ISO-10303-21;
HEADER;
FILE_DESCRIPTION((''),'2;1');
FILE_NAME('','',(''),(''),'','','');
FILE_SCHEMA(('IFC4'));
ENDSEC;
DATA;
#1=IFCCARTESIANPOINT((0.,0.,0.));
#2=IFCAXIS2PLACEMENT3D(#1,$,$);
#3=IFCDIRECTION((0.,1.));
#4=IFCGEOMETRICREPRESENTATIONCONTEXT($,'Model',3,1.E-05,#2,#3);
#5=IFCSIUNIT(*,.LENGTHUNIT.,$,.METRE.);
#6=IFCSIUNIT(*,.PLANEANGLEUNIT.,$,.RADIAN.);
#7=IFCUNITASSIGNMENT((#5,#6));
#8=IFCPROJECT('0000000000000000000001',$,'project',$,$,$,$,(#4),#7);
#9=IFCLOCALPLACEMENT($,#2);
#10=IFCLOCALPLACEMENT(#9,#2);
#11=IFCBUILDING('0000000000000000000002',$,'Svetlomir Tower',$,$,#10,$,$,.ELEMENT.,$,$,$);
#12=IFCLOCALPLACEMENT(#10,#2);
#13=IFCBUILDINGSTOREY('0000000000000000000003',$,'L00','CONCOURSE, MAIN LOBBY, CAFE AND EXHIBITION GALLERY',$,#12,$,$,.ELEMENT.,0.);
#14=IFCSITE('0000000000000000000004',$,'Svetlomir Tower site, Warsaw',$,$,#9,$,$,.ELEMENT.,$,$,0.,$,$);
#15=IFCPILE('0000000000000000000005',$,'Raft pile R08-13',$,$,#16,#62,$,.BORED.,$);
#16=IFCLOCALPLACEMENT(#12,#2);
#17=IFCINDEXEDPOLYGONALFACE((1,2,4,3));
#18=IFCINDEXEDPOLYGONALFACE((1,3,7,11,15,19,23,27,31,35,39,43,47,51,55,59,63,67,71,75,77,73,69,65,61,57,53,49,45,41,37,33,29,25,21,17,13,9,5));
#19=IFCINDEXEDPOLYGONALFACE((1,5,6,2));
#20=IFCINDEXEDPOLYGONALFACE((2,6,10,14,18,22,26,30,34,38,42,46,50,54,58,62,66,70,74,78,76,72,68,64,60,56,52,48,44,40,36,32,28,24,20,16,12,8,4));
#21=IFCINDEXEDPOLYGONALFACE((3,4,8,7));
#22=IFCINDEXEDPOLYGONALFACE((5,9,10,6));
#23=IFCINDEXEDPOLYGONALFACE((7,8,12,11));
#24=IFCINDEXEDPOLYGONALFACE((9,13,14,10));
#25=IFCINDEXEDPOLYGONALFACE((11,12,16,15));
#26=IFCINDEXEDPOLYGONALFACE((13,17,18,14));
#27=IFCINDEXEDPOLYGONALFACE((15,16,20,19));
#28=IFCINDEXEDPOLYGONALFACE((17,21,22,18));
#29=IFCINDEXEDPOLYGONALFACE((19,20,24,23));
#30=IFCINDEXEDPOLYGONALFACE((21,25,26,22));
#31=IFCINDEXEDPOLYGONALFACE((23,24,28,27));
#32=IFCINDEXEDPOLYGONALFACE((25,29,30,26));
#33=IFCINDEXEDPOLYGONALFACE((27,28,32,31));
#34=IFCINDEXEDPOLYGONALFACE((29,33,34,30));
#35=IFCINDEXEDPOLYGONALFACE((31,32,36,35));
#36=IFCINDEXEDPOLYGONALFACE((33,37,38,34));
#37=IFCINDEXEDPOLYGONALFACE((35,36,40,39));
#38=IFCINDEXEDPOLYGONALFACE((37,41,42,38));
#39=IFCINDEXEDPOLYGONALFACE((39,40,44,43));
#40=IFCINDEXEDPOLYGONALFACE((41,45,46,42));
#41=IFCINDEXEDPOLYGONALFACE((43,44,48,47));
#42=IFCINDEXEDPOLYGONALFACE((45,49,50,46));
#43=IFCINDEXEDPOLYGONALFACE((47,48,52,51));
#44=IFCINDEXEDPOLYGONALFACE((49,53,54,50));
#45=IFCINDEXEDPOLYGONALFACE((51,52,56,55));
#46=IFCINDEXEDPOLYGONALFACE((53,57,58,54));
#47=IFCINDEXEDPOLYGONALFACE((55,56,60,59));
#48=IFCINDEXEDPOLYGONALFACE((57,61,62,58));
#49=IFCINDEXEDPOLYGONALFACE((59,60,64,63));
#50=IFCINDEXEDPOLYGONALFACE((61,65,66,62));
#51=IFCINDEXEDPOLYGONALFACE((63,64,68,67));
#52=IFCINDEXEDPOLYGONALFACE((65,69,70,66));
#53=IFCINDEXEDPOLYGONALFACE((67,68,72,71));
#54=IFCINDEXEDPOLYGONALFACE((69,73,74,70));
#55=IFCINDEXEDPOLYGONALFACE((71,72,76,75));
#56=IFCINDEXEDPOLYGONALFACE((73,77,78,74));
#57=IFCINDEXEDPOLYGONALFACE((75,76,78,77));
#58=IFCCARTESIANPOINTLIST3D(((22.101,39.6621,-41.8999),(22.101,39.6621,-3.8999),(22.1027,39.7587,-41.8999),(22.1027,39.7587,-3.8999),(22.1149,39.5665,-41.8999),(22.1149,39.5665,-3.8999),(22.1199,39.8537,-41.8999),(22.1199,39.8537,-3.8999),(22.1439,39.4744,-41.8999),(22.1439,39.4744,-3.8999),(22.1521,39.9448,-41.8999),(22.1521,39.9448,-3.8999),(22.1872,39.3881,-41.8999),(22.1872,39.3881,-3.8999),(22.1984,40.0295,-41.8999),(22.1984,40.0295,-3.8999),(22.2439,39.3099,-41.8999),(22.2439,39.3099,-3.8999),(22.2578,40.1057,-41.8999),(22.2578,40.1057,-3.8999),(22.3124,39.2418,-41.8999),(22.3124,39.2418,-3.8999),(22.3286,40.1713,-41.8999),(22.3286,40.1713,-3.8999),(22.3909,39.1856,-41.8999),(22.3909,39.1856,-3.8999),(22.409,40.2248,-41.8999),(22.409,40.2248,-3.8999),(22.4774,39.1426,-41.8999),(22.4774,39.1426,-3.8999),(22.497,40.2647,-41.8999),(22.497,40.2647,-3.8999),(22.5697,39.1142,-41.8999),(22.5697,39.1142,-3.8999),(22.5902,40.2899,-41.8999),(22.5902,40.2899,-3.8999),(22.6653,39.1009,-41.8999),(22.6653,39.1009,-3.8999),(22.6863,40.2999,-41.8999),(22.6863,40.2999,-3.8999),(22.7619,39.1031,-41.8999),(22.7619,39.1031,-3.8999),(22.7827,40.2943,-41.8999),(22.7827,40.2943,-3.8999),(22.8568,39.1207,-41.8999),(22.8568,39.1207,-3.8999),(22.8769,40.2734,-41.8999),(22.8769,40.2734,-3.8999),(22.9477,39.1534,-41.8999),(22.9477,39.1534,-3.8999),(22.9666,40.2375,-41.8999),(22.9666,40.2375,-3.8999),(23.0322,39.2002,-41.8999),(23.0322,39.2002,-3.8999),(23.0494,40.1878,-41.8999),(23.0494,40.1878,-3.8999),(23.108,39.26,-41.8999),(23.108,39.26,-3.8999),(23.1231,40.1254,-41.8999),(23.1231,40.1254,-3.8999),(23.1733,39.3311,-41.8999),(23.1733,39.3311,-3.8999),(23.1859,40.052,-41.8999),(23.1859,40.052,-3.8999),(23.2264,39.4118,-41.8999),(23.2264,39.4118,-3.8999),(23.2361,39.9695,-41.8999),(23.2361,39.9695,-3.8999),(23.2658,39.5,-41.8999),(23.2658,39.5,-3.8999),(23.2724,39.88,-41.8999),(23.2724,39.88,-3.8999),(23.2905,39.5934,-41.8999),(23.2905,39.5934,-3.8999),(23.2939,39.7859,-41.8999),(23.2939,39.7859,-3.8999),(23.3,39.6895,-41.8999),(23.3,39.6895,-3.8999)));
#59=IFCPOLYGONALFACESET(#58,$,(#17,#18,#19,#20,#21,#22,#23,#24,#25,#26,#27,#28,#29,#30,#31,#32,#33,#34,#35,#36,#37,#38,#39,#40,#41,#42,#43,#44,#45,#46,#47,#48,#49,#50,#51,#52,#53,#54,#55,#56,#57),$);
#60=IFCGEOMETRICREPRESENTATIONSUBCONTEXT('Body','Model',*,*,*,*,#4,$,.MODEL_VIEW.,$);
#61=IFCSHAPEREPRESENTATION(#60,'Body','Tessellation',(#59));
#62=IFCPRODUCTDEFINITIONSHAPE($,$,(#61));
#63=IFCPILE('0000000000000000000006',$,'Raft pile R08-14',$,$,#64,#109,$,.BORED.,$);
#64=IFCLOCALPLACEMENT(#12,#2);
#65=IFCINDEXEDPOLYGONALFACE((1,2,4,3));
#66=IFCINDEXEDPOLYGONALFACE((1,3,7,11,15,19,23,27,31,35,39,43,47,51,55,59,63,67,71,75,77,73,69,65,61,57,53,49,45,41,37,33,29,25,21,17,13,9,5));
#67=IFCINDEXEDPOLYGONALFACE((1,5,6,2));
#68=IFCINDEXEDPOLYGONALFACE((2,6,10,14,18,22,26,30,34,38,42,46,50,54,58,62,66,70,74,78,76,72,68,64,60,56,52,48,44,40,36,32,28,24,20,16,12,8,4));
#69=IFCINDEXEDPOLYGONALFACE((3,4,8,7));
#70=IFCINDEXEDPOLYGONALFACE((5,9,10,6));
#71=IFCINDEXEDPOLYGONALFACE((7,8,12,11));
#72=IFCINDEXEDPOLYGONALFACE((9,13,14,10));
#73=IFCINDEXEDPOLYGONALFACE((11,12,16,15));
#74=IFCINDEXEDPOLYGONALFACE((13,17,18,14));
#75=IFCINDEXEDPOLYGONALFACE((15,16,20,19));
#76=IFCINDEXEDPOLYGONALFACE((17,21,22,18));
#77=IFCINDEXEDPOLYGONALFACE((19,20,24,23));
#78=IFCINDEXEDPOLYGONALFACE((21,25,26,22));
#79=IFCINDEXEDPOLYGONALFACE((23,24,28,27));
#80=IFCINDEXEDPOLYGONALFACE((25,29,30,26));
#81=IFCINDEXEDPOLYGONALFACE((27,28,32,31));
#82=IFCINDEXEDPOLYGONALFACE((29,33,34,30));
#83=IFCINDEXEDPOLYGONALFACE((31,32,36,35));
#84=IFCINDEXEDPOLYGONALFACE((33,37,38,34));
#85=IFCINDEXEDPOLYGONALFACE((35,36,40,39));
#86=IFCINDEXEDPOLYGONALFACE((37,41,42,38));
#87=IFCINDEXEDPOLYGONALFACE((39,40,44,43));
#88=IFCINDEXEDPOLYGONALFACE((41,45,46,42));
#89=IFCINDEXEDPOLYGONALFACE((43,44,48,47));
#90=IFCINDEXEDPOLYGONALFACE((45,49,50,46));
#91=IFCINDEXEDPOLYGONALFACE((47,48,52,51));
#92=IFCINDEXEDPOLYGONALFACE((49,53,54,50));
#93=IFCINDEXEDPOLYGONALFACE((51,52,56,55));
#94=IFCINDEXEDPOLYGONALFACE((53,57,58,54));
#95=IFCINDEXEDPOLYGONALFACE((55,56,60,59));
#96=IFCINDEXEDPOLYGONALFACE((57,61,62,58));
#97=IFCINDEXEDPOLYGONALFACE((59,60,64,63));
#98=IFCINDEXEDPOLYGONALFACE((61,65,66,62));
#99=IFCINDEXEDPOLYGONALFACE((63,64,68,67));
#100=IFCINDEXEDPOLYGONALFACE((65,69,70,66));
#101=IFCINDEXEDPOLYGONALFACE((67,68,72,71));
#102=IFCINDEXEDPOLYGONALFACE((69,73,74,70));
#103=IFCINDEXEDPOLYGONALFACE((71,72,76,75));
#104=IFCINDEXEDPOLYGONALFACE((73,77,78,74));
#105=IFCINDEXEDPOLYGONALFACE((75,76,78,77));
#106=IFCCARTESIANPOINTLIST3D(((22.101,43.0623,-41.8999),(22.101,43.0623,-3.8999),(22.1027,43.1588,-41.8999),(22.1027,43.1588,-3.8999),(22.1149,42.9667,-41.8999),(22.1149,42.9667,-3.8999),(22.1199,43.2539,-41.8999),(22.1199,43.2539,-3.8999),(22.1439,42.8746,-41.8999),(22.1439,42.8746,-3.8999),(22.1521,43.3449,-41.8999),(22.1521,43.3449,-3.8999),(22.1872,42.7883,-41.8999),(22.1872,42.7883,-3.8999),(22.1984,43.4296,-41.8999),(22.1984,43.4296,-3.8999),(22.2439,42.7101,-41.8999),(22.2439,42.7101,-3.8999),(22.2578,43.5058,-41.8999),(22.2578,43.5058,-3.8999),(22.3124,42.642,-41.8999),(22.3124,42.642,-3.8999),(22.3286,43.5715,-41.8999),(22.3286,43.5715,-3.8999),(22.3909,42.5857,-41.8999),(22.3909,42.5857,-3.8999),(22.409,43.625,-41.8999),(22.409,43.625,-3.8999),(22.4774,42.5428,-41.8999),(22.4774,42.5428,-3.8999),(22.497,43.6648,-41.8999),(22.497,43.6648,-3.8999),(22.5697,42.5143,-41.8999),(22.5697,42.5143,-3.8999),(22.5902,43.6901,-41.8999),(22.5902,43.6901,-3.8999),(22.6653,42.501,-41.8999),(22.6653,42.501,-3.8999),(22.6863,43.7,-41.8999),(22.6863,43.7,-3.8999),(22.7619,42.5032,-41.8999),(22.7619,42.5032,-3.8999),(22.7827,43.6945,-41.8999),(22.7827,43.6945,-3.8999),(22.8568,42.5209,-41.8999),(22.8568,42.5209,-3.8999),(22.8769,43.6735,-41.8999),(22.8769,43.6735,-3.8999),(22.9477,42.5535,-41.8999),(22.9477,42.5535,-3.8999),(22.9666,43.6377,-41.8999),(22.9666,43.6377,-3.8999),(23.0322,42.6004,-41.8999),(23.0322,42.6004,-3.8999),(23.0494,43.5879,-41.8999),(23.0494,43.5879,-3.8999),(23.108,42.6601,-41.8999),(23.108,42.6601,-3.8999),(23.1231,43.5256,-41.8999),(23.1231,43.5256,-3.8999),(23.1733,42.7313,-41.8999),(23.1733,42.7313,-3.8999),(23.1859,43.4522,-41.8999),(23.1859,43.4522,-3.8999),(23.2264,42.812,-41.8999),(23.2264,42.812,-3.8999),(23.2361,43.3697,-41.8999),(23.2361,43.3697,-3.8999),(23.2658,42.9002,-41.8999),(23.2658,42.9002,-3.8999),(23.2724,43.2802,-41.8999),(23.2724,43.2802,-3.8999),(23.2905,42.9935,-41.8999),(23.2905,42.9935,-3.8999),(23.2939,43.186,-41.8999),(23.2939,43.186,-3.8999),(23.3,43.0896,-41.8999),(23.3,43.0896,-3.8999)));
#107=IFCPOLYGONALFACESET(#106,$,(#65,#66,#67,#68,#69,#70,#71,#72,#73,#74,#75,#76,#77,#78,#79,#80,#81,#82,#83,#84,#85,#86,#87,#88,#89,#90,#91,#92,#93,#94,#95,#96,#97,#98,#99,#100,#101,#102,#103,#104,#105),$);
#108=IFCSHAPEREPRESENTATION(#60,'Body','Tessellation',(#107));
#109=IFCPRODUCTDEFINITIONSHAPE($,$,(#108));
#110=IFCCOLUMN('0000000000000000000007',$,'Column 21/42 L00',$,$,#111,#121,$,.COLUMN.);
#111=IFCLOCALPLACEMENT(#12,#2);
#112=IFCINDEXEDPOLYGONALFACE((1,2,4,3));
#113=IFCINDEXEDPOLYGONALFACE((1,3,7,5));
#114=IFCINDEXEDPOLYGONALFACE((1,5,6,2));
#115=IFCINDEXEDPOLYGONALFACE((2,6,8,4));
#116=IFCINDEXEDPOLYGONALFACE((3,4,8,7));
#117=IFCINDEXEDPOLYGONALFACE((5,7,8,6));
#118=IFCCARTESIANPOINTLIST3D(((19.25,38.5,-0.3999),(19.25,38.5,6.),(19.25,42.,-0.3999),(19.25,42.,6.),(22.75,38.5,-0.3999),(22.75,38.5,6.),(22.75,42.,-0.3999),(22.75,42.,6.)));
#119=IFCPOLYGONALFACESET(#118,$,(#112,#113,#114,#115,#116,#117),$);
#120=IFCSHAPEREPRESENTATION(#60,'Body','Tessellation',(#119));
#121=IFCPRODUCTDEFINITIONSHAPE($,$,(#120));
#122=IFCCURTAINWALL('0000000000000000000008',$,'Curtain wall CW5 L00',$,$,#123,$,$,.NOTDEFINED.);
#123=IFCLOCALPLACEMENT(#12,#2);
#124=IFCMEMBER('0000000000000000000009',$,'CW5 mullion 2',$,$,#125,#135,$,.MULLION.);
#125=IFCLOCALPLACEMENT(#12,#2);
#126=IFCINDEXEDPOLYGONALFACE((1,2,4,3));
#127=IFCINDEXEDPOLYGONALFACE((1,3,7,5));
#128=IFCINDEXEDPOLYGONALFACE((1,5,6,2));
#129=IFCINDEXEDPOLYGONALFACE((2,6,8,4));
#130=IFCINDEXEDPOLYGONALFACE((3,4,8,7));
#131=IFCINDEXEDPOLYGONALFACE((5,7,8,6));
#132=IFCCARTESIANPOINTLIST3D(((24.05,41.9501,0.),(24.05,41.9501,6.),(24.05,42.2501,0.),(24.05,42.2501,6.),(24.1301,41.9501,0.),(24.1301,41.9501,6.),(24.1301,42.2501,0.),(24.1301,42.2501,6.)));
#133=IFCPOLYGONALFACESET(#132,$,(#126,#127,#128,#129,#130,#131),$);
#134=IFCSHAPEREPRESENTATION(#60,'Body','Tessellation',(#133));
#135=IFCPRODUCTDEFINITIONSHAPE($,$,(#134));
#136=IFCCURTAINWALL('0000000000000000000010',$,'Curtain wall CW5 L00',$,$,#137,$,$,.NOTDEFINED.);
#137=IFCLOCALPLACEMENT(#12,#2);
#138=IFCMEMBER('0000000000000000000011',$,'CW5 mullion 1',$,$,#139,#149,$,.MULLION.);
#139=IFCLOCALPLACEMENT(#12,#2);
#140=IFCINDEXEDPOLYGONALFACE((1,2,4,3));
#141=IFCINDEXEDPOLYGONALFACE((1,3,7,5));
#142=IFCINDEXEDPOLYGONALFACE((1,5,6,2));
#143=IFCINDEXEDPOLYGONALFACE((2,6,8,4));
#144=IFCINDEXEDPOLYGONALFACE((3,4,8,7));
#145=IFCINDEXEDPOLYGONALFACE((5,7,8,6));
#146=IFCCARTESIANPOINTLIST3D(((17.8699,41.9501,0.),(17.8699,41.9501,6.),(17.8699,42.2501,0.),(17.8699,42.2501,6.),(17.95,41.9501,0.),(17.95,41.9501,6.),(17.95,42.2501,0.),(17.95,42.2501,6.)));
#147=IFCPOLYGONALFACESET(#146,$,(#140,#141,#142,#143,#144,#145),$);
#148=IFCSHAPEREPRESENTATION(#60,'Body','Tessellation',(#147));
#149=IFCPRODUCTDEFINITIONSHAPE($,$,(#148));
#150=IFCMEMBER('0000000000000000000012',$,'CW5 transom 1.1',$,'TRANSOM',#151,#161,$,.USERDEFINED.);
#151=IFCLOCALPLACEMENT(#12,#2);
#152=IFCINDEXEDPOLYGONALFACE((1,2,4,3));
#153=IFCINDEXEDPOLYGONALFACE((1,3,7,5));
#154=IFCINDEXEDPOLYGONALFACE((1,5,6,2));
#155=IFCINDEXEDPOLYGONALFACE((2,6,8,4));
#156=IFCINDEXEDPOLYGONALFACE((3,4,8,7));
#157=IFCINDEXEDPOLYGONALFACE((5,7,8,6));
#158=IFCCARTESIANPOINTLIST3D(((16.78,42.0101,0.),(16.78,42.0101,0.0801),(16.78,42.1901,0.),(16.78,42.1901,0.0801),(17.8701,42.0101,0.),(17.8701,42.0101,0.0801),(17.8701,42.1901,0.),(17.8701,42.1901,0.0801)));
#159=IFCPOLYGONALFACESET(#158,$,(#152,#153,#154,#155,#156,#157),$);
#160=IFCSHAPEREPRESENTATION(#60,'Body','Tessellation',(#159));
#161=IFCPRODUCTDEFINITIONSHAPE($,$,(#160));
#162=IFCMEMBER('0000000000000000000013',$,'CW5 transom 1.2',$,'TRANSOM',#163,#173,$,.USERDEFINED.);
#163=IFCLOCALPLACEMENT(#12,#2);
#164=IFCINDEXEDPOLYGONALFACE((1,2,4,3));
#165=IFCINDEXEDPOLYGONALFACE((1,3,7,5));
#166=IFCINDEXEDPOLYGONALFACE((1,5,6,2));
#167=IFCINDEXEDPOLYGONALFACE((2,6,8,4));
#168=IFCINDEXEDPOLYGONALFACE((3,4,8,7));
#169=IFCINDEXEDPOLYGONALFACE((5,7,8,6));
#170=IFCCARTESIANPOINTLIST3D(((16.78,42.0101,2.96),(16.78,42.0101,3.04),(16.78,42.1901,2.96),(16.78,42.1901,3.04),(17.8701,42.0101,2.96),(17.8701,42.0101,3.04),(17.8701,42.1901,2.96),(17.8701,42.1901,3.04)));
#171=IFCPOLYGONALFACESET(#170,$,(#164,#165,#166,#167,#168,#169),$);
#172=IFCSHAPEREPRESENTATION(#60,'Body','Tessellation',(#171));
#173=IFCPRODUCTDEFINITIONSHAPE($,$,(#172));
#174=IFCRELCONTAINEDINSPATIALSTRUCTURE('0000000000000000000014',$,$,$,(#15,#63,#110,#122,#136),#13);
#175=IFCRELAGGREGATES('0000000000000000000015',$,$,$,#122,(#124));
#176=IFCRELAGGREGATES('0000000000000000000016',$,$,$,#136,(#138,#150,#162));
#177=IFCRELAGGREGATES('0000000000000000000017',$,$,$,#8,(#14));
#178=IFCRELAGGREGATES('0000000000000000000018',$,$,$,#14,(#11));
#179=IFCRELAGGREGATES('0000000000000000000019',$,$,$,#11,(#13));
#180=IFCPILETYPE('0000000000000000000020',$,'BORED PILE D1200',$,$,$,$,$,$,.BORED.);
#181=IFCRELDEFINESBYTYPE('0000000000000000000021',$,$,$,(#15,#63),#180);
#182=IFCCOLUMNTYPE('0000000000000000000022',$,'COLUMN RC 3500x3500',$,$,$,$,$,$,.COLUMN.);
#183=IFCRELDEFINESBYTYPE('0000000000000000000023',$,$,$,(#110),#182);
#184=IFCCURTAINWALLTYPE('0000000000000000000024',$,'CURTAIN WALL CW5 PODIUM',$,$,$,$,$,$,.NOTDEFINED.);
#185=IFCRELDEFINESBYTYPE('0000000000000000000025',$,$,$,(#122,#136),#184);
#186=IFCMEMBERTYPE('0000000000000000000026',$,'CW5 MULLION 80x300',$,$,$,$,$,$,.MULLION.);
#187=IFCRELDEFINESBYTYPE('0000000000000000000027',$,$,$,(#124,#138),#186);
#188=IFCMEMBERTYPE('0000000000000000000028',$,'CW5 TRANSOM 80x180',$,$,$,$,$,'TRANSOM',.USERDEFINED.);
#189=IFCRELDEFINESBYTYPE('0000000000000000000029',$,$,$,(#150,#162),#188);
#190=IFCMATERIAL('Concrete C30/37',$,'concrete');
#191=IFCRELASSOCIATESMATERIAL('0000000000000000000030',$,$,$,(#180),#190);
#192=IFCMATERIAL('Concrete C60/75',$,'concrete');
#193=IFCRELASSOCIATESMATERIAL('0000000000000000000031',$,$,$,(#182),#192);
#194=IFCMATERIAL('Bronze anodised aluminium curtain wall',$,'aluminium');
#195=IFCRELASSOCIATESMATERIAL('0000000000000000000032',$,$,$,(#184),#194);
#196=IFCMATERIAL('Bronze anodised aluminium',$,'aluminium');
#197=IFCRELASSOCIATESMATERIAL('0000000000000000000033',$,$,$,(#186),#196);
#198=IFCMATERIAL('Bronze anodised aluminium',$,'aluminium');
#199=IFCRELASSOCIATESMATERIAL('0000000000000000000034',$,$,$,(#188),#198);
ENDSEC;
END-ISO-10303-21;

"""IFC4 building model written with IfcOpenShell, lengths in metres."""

from ifc_helpers import new_model, si_unit, direction, frame, frame_2d, origin, origin_2d, place, context, subcontext, project, spatial, rectangle, circle, extrude, material, material_profile, profile_set, type_object, element, aggregate, save


model = new_model("IFC4")

# Units and contexts
model_context = context("Model", 3, precision=1e-05, world=origin(), true_north=direction((0.0, 1.0)))
body_context = subcontext(model_context, "Body", "Model", "MODEL_VIEW")
ifc_project = project(units=[si_unit("LENGTHUNIT", "METRE"), si_unit("PLANEANGLEUNIT", "RADIAN")], contexts=[model_context])

# Site, building, storey
site_placement = place(None, origin())
site = spatial("IfcSite", under=ifc_project, at=site_placement, Name="Svetlomir Tower site, Warsaw", CompositionType="ELEMENT", RefElevation=0.0)
building_placement = place(site_placement, origin())
building = spatial("IfcBuilding", under=site, at=building_placement, Name="Svetlomir Tower", CompositionType="ELEMENT")
storey_placement = place(building_placement, origin())
storey = spatial("IfcBuildingStorey", under=building, at=storey_placement, Name="L00", Description="CONCOURSE, MAIN LOBBY, CAFE AND EXHIBITION GALLERY", CompositionType="ELEMENT", Elevation=0.0)

# Piles
ifc_material_1 = material(Name="Concrete C30/37", Category="concrete")
ifc_material_profile_1 = material_profile(ifc_material_1, circle(Radius=0.6001, at=origin_2d()), Name="D1200")
ifc_profile_set_1 = profile_set([ifc_material_profile_1], Name="Concrete C30/37")
pile_type = type_object("IfcPileType", Name="BORED PILE D1200", PredefinedType="BORED", material=ifc_profile_set_1)
for number, where, z_axis, x_axis, name in (
    (1, (22.7, 39.7, -3.8999), (0.0, 0.0, -1.0), (1.0, 0.0, 0.0), "Raft pile R08-13"),
    (2, (22.7, 43.1001, -3.8999), (0.0, 0.0, -1.0), (1.0, 0.0, 0.0), "Raft pile R08-14"),
):
    element("IfcPile", number, at=place(storey_placement, frame(where, z_axis=z_axis, x_axis=x_axis)), inside=storey, type_object=pile_type, Name=name, PredefinedType="BORED", context=body_context, shape_type="SweptSolid", body=[
        extrude(circle(Radius=0.6001, at=frame_2d((0.0, 0.0), x_axis=(0.999848, 0.017452))), origin(), (0.0, 0.0, 1.0), 38.0),
    ])

# Column
ifc_material_2 = material(Name="Concrete C60/75", Category="concrete")
ifc_material_profile_2 = material_profile(ifc_material_2, rectangle(XDim=3.5, YDim=3.5, at=origin_2d()), Name="RC 3500x3500")
ifc_profile_set_2 = profile_set([ifc_material_profile_2], Name="Concrete C60/75")
column_type = type_object("IfcColumnType", Name="COLUMN RC 3500x3500", PredefinedType="COLUMN", material=ifc_profile_set_2)
column_placement = place(storey_placement, frame((21.0, 40.25, -0.3999), z_axis=(0.0, 0.0, 1.0), x_axis=(1.0, 0.0, 0.0)))
element("IfcColumn", 3, at=column_placement, inside=storey, type_object=column_type, Name="Column 21/42 L00", PredefinedType="COLUMN", context=body_context, shape_type="SweptSolid", body=[
    extrude(rectangle(XDim=3.5, YDim=3.5, at=origin_2d()), origin(), (0.0, 0.0, 1.0), 6.3999),
])

# Curtain wall, member
ifc_material_3 = material(Name="Bronze anodised aluminium curtain wall", Category="aluminium")
curtain_wall_type = type_object("IfcCurtainWallType", Name="CURTAIN WALL CW5 PODIUM", PredefinedType="NOTDEFINED", material=ifc_material_3)
curtain_wall_1_placement = place(storey_placement, origin())
curtain_wall_1 = element("IfcCurtainWall", 4, at=curtain_wall_1_placement, inside=storey, type_object=curtain_wall_type, Name="Curtain wall CW5 L00", PredefinedType="NOTDEFINED")
ifc_material_4 = material(Name="Bronze anodised aluminium", Category="aluminium")
ifc_material_profile_3 = material_profile(ifc_material_4, rectangle(XDim=0.0801, YDim=0.3, at=origin_2d()), Name="AL 80x300")
ifc_profile_set_3 = profile_set([ifc_material_profile_3], Name="Bronze anodised aluminium 6063-T6")
member_type_1 = type_object("IfcMemberType", Name="CW5 MULLION 80x300", PredefinedType="MULLION", material=ifc_profile_set_3)
member_1_placement = place(storey_placement, frame((24.0901, 42.1001, 0.0), z_axis=(0.0, 0.0, 1.0), x_axis=(-1.0, 0.0, 0.0)))
member_1 = element("IfcMember", 5, at=member_1_placement, type_object=member_type_1, Name="CW5 mullion 2", PredefinedType="MULLION", context=body_context, shape_type="SweptSolid", body=[
    extrude(rectangle(XDim=0.0801, YDim=0.3, at=origin_2d()), origin(), (0.0, 0.0, 1.0), 6.0),
])

# Curtain wall, members
curtain_wall_2_placement = place(storey_placement, origin())
curtain_wall_2 = element("IfcCurtainWall", 6, at=curtain_wall_2_placement, inside=storey, type_object=curtain_wall_type, Name="Curtain wall CW5 L00", PredefinedType="NOTDEFINED")
member_2_placement = place(storey_placement, frame((17.9099, 42.1001, 0.0), z_axis=(0.0, 0.0, 1.0), x_axis=(-1.0, 0.0, 0.0)))
member_2 = element("IfcMember", 7, at=member_2_placement, type_object=member_type_1, Name="CW5 mullion 1", PredefinedType="MULLION", context=body_context, shape_type="SweptSolid", body=[
    extrude(rectangle(XDim=0.0801, YDim=0.3, at=origin_2d()), origin(), (0.0, 0.0, 1.0), 6.0),
])
ifc_material_5 = material(Name="Bronze anodised aluminium", Category="aluminium")
ifc_material_profile_4 = material_profile(ifc_material_5, rectangle(XDim=0.1799, YDim=0.0801, at=origin_2d()), Name="AL 180x80")
ifc_profile_set_4 = profile_set([ifc_material_profile_4], Name="Bronze anodised aluminium 6063-T6")
member_type_2 = type_object("IfcMemberType", Name="CW5 TRANSOM 80x180", ElementType="TRANSOM", PredefinedType="USERDEFINED", material=ifc_profile_set_4)
member_3_placement = place(storey_placement, frame((17.8701, 42.1001, 0.04), z_axis=(-1.0, 0.0, 0.0), x_axis=(0.0, -1.0, 0.0)))
member_3 = element("IfcMember", 8, at=member_3_placement, type_object=member_type_2, Name="CW5 transom 1.1", ObjectType="TRANSOM", PredefinedType="USERDEFINED", context=body_context, shape_type="SweptSolid", body=[
    extrude(rectangle(XDim=0.1799, YDim=0.0801, at=origin_2d()), origin(), (0.0, 0.0, 1.0), 1.0901),
])
member_4_placement = place(storey_placement, frame((17.8701, 42.1001, 3.0), z_axis=(-1.0, 0.0, 0.0), x_axis=(0.0, -1.0, 0.0)))
member_4 = element("IfcMember", 9, at=member_4_placement, type_object=member_type_2, Name="CW5 transom 1.2", ObjectType="TRANSOM", PredefinedType="USERDEFINED", context=body_context, shape_type="SweptSolid", body=[
    extrude(rectangle(XDim=0.1799, YDim=0.0801, at=origin_2d()), origin(), (0.0, 0.0, 1.0), 1.0901),
])

aggregate(curtain_wall_1, [member_1])
aggregate(curtain_wall_2, [member_2, member_3, member_4])

save(model, "model.ifc")
